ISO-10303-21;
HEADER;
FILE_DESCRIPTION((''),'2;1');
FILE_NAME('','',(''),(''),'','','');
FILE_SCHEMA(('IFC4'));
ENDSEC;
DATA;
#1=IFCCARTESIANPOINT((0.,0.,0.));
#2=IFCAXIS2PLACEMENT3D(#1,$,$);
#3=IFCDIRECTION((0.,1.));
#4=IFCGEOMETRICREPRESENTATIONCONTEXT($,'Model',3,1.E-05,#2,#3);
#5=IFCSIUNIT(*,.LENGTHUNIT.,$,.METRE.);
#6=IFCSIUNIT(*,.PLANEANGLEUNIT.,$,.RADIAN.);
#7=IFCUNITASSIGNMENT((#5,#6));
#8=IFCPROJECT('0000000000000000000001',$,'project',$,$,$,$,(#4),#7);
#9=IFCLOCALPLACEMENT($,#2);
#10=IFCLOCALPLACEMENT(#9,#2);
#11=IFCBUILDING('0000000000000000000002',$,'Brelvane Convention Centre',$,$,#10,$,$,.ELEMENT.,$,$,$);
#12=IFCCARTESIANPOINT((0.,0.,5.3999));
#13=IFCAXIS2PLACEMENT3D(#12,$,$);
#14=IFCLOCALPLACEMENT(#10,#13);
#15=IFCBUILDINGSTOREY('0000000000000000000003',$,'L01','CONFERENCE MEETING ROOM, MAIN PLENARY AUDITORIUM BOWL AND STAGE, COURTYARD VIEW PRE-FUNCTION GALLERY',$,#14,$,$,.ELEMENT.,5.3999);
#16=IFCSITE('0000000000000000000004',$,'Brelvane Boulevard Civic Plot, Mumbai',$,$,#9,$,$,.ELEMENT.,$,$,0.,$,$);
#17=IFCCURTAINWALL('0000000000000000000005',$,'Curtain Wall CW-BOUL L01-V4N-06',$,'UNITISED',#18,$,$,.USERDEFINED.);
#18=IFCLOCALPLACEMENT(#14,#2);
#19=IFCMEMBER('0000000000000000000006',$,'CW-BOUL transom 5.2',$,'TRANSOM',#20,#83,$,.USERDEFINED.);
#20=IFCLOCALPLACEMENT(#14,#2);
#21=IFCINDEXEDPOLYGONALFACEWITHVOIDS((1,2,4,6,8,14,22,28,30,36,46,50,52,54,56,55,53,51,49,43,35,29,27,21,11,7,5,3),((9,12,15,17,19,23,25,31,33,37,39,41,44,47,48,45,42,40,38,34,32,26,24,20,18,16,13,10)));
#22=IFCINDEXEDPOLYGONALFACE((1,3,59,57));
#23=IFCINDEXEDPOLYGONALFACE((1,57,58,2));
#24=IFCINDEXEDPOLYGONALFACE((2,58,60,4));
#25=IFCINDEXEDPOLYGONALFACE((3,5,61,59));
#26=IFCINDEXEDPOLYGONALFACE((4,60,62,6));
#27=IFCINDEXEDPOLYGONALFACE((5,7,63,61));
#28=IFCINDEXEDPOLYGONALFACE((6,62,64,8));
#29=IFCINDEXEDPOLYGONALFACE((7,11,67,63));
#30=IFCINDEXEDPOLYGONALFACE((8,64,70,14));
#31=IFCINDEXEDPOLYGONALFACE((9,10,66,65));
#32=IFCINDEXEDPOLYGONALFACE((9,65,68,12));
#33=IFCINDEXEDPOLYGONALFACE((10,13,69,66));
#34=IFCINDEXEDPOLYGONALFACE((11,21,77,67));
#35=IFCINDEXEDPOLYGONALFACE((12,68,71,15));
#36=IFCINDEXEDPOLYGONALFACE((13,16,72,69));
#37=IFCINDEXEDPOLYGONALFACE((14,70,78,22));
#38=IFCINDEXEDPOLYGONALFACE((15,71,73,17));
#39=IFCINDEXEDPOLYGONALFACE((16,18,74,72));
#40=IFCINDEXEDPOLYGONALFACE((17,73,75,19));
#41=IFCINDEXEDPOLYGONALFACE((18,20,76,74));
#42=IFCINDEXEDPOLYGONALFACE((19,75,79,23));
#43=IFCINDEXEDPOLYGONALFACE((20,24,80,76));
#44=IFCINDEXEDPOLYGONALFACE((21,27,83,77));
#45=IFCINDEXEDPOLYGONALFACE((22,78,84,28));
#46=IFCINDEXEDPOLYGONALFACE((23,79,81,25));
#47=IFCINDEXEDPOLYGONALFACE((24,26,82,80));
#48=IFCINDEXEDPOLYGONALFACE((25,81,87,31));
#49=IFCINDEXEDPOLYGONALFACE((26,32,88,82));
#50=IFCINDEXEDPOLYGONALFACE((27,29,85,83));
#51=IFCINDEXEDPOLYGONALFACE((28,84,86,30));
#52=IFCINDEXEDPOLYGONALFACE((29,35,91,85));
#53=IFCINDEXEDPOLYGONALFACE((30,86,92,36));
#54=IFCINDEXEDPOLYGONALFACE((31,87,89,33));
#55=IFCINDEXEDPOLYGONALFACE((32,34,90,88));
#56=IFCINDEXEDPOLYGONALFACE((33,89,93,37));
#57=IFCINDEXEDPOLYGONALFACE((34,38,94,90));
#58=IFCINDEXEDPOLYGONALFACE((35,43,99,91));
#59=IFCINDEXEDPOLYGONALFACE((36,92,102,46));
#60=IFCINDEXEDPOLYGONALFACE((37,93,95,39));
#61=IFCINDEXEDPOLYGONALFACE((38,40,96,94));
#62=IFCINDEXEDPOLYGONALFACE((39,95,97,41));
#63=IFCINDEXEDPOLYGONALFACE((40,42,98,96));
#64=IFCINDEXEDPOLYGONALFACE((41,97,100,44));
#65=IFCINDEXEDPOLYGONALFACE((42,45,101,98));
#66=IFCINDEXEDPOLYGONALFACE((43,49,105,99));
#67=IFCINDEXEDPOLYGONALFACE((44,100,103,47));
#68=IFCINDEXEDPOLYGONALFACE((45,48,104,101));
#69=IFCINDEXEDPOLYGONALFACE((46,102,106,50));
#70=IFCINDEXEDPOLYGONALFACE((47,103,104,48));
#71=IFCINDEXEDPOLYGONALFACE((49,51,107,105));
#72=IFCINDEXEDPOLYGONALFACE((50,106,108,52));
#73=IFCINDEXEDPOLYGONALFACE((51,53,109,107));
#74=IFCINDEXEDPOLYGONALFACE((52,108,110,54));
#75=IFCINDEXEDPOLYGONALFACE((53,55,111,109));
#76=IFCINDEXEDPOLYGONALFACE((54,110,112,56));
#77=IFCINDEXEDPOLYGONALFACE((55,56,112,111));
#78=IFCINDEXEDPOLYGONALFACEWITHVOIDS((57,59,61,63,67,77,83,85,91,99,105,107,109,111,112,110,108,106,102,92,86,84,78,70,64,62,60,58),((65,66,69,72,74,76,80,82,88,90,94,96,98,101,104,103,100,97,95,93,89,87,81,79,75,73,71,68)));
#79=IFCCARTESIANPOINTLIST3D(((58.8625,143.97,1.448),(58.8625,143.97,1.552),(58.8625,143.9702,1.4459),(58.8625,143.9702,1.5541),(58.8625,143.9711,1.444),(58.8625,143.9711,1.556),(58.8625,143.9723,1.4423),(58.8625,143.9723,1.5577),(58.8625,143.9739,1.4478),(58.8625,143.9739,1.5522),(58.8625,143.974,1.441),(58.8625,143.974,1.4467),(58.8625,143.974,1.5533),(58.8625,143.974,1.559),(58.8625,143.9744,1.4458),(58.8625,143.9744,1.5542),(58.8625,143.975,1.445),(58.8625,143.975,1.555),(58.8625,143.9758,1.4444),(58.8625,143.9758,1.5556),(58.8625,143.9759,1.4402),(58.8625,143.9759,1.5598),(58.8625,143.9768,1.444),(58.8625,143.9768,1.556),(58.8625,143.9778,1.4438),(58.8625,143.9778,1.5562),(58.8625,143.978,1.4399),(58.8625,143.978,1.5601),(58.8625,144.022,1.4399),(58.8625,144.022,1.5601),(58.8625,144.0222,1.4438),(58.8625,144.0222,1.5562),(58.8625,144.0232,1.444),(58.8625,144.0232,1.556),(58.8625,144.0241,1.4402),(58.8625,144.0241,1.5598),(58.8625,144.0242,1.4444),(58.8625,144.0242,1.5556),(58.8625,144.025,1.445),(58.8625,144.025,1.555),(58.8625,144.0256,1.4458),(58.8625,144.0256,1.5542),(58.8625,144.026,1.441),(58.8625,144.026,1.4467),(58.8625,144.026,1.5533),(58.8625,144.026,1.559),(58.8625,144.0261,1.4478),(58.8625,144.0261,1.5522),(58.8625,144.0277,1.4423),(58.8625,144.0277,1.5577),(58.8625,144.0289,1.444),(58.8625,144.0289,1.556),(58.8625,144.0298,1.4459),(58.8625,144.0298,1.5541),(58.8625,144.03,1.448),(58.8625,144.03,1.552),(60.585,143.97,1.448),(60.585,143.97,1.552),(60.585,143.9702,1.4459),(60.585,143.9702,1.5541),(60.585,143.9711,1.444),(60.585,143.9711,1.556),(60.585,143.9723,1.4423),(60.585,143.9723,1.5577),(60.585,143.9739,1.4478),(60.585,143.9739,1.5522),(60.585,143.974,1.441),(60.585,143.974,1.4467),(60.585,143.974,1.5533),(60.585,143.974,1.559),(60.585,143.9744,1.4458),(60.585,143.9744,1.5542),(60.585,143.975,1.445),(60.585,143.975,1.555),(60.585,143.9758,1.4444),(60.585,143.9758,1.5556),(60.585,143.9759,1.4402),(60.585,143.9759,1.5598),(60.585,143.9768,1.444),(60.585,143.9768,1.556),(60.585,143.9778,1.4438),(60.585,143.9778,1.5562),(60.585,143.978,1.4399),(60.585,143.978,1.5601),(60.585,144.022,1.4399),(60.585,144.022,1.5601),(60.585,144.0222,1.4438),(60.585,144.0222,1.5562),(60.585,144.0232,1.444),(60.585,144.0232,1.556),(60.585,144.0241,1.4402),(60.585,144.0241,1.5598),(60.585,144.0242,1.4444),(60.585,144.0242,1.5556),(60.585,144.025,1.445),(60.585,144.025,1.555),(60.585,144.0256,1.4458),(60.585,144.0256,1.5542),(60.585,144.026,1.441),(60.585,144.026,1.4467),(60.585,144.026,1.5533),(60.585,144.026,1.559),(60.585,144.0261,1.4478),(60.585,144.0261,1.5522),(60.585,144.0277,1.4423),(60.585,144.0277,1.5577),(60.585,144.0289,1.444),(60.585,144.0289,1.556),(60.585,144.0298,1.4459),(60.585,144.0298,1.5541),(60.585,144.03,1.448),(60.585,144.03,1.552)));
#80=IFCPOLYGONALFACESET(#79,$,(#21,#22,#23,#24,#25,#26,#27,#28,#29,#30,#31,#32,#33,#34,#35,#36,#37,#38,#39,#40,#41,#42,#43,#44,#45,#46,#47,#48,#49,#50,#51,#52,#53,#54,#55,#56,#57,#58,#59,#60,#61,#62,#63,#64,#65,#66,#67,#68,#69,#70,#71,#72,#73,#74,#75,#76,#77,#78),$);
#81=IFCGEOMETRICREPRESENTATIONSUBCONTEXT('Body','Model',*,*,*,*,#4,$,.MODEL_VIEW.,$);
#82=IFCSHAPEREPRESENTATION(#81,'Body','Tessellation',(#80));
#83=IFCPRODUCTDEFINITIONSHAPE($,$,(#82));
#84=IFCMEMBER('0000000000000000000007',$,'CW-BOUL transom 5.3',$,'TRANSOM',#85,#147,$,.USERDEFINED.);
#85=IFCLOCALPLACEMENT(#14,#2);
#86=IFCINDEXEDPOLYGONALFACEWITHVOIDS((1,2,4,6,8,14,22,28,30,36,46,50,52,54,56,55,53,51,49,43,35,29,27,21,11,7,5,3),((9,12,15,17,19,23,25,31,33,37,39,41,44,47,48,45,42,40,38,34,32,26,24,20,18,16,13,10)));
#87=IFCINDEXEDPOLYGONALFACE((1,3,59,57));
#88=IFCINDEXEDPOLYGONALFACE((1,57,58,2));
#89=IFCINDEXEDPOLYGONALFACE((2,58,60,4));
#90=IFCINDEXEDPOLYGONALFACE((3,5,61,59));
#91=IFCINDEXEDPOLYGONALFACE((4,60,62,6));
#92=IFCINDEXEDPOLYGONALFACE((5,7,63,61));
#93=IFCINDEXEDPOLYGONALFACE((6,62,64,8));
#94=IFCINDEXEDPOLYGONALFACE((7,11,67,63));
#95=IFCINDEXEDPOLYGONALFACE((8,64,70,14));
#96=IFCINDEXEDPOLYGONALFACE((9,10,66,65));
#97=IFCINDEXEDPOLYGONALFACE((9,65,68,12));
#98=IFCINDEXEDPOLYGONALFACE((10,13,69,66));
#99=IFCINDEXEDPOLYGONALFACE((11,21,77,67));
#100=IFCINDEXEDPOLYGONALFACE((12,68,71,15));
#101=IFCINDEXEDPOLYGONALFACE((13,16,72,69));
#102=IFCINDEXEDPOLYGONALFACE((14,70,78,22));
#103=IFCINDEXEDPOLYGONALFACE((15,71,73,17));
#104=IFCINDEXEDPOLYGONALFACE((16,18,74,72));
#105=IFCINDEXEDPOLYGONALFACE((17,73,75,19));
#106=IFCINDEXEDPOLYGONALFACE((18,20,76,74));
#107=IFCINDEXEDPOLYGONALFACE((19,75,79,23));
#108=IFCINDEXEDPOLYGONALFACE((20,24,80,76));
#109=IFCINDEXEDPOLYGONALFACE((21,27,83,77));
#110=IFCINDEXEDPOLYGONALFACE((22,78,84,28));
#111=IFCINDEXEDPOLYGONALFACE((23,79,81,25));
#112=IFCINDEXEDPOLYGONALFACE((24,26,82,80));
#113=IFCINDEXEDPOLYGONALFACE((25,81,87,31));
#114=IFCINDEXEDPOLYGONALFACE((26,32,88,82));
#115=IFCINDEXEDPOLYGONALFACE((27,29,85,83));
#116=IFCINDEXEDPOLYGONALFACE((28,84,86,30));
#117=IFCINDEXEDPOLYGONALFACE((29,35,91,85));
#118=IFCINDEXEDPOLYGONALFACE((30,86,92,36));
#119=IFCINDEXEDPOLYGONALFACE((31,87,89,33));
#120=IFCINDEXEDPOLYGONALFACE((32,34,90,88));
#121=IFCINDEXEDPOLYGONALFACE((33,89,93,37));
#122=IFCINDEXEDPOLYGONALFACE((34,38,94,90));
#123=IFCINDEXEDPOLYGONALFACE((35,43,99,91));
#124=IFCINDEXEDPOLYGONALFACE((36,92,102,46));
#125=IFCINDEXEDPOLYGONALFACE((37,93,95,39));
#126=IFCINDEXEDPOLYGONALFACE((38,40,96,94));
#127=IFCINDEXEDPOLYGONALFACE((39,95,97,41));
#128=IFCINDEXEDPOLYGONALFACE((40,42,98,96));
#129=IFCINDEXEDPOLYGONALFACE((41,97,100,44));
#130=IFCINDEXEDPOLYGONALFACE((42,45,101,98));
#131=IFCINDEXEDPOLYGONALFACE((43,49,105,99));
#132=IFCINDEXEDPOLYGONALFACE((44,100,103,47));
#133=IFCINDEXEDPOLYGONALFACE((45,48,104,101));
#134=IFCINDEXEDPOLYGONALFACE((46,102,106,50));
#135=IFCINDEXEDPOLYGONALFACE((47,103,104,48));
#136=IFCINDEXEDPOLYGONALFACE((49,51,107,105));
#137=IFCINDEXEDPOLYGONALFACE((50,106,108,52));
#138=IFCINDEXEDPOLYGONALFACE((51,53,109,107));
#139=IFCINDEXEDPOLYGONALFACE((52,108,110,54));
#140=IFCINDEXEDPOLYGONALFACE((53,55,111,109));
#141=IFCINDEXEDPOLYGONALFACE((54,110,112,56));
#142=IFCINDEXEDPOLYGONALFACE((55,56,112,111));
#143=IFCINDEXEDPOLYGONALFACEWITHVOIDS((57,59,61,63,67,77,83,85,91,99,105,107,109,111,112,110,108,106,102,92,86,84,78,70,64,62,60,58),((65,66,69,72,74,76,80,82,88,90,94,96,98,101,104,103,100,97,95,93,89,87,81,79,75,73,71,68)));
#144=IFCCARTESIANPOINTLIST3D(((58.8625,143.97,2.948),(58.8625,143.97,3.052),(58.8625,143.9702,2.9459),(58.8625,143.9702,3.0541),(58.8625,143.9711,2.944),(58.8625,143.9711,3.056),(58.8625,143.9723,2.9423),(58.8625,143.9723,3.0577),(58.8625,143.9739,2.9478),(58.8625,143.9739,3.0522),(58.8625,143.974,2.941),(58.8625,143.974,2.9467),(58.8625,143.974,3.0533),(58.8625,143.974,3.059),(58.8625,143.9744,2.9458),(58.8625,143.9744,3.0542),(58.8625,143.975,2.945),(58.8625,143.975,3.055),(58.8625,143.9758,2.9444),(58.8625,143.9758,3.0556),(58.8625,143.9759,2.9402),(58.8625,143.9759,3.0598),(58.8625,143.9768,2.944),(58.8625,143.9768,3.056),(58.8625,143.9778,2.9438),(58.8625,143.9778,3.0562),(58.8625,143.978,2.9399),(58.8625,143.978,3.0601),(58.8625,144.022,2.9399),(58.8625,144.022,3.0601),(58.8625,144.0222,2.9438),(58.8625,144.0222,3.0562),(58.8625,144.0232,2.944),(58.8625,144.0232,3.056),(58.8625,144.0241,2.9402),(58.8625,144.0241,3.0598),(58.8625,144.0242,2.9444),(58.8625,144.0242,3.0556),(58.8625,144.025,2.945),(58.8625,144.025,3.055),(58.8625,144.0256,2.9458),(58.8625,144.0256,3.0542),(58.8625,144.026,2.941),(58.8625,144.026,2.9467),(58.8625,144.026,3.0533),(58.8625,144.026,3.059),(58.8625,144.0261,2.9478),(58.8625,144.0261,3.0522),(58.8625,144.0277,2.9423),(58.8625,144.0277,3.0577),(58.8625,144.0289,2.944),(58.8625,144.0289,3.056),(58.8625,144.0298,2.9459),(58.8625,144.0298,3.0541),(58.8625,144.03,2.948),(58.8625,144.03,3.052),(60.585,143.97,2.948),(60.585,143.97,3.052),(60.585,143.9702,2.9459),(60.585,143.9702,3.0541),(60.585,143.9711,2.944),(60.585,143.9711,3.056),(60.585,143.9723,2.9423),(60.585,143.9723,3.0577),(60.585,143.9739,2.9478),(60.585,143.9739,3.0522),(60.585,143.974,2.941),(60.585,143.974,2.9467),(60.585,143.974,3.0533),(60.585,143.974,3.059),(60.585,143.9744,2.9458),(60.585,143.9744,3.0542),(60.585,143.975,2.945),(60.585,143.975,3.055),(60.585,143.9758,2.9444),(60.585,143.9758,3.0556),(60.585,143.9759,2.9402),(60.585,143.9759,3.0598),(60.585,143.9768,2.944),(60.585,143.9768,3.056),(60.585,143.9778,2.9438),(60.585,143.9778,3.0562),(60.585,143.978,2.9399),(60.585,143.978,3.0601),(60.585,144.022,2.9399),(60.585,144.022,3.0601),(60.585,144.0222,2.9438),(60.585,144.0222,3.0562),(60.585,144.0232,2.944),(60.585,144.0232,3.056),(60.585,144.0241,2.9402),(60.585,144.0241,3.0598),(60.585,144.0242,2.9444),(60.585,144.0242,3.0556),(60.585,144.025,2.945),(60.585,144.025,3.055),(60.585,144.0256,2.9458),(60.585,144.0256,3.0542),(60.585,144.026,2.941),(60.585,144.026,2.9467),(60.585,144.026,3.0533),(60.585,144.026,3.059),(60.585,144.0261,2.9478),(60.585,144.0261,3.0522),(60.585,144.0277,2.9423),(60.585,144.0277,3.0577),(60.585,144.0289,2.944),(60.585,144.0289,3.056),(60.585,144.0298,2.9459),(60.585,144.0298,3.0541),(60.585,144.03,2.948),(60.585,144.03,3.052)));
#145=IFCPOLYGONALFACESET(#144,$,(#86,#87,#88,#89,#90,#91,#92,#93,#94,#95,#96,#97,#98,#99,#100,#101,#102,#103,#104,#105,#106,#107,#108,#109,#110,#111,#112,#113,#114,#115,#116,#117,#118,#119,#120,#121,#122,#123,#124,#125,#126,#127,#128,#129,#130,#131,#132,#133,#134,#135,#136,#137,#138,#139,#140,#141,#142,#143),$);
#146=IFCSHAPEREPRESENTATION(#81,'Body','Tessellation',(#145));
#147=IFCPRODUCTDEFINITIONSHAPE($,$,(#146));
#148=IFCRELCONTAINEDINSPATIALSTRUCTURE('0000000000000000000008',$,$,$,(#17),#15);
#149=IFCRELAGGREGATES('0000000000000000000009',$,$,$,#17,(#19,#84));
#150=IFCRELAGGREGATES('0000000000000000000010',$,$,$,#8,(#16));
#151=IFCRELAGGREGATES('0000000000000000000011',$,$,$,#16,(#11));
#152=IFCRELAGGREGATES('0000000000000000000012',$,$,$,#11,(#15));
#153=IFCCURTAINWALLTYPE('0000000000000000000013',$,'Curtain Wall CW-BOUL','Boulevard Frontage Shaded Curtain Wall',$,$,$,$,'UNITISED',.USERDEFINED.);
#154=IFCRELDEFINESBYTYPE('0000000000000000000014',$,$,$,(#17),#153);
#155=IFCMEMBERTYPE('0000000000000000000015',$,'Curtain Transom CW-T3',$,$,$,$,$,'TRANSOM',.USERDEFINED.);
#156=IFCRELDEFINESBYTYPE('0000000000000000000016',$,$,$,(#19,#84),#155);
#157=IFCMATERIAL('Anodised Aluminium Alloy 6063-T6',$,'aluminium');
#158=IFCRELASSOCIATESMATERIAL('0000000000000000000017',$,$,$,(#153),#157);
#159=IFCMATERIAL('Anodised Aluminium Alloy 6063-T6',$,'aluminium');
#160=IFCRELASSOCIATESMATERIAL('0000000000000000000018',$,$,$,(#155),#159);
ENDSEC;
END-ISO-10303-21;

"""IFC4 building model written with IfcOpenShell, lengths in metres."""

from ifc_helpers import new_model, si_unit, direction, frame, origin, origin_2d, place, context, subcontext, project, spatial, hollow_rectangle, extrude, material, material_profile, profile_set, type_object, element, aggregate, save


model = new_model("IFC4")

# Units and contexts
model_context = context("Model", 3, precision=1e-05, world=origin(), true_north=direction((0.0, 1.0)))
body_context = subcontext(model_context, "Body", "Model", "MODEL_VIEW")
ifc_project = project(units=[si_unit("LENGTHUNIT", "METRE"), si_unit("PLANEANGLEUNIT", "RADIAN")], contexts=[model_context])

# Site, building, storey
site_placement = place(None, origin())
site = spatial("IfcSite", under=ifc_project, at=site_placement, Name="Brelvane Boulevard Civic Plot, Mumbai", CompositionType="ELEMENT", RefElevation=0.0)
building_placement = place(site_placement, origin())
building = spatial("IfcBuilding", under=site, at=building_placement, Name="Brelvane Convention Centre", CompositionType="ELEMENT")
storey_placement = place(building_placement, frame((0.0, 0.0, 5.3999)))
storey = spatial("IfcBuildingStorey", under=building, at=storey_placement, Name="L01", Description="CONFERENCE MEETING ROOM, MAIN PLENARY AUDITORIUM BOWL AND STAGE, COURTYARD VIEW PRE-FUNCTION GALLERY", CompositionType="ELEMENT", Elevation=5.3999)

# Curtain wall, members
ifc_material_1 = material(Name="Anodised Aluminium Alloy 6063-T6", Category="aluminium")
curtain_wall_type = type_object("IfcCurtainWallType", Name="Curtain Wall CW-BOUL", Description="Boulevard Frontage Shaded Curtain Wall", ElementType="UNITISED", PredefinedType="USERDEFINED", material=ifc_material_1)
curtain_wall_placement = place(storey_placement, origin())
curtain_wall = element("IfcCurtainWall", 1, at=curtain_wall_placement, inside=storey, type_object=curtain_wall_type, Name="Curtain Wall CW-BOUL L01-V4N-06", ObjectType="UNITISED", PredefinedType="USERDEFINED")
ifc_material_2 = material(Name="Anodised Aluminium Alloy 6063-T6", Category="aluminium")
ifc_material_profile_1 = material_profile(ifc_material_2, hollow_rectangle(XDim=0.0601, YDim=0.1201, WallThickness=0.0039, InnerFilletRadius=0.0039, OuterFilletRadius=0.0081, at=origin_2d()), Name="ALU-T 120x60x4.0")
ifc_profile_set_1 = profile_set([ifc_material_profile_1], Name="Anodised Aluminium Alloy 6063-T6")
member_type_1 = type_object("IfcMemberType", Name="Curtain Transom CW-T3", ElementType="TRANSOM", PredefinedType="USERDEFINED", material=ifc_profile_set_1)
member_1_placement = place(storey_placement, frame((58.8625, 144.0, 1.5), z_axis=(1.0, 0.0, 0.0), x_axis=(0.0, 1.0, 0.0)))
member_1 = element("IfcMember", 2, at=member_1_placement, type_object=member_type_1, Name="CW-BOUL transom 5.2", ObjectType="TRANSOM", PredefinedType="USERDEFINED", context=body_context, shape_type="SweptSolid", body=[
    extrude(hollow_rectangle(XDim=0.0601, YDim=0.1201, WallThickness=0.0039, InnerFilletRadius=0.0039, OuterFilletRadius=0.0081, at=origin_2d()), origin(), (0.0, 0.0, 1.0), 1.7224),
])
member_2_placement = place(storey_placement, frame((58.8625, 144.0, 3.0), z_axis=(1.0, 0.0, 0.0), x_axis=(0.0, 1.0, 0.0)))
member_2 = element("IfcMember", 3, at=member_2_placement, type_object=member_type_1, Name="CW-BOUL transom 5.3", ObjectType="TRANSOM", PredefinedType="USERDEFINED", context=body_context, shape_type="SweptSolid", body=[
    extrude(hollow_rectangle(XDim=0.0601, YDim=0.1201, WallThickness=0.0039, InnerFilletRadius=0.0039, OuterFilletRadius=0.0081, at=origin_2d()), origin(), (0.0, 0.0, 1.0), 1.7224),
])

aggregate(curtain_wall, [member_1, member_2])

save(model, "model.ifc")
